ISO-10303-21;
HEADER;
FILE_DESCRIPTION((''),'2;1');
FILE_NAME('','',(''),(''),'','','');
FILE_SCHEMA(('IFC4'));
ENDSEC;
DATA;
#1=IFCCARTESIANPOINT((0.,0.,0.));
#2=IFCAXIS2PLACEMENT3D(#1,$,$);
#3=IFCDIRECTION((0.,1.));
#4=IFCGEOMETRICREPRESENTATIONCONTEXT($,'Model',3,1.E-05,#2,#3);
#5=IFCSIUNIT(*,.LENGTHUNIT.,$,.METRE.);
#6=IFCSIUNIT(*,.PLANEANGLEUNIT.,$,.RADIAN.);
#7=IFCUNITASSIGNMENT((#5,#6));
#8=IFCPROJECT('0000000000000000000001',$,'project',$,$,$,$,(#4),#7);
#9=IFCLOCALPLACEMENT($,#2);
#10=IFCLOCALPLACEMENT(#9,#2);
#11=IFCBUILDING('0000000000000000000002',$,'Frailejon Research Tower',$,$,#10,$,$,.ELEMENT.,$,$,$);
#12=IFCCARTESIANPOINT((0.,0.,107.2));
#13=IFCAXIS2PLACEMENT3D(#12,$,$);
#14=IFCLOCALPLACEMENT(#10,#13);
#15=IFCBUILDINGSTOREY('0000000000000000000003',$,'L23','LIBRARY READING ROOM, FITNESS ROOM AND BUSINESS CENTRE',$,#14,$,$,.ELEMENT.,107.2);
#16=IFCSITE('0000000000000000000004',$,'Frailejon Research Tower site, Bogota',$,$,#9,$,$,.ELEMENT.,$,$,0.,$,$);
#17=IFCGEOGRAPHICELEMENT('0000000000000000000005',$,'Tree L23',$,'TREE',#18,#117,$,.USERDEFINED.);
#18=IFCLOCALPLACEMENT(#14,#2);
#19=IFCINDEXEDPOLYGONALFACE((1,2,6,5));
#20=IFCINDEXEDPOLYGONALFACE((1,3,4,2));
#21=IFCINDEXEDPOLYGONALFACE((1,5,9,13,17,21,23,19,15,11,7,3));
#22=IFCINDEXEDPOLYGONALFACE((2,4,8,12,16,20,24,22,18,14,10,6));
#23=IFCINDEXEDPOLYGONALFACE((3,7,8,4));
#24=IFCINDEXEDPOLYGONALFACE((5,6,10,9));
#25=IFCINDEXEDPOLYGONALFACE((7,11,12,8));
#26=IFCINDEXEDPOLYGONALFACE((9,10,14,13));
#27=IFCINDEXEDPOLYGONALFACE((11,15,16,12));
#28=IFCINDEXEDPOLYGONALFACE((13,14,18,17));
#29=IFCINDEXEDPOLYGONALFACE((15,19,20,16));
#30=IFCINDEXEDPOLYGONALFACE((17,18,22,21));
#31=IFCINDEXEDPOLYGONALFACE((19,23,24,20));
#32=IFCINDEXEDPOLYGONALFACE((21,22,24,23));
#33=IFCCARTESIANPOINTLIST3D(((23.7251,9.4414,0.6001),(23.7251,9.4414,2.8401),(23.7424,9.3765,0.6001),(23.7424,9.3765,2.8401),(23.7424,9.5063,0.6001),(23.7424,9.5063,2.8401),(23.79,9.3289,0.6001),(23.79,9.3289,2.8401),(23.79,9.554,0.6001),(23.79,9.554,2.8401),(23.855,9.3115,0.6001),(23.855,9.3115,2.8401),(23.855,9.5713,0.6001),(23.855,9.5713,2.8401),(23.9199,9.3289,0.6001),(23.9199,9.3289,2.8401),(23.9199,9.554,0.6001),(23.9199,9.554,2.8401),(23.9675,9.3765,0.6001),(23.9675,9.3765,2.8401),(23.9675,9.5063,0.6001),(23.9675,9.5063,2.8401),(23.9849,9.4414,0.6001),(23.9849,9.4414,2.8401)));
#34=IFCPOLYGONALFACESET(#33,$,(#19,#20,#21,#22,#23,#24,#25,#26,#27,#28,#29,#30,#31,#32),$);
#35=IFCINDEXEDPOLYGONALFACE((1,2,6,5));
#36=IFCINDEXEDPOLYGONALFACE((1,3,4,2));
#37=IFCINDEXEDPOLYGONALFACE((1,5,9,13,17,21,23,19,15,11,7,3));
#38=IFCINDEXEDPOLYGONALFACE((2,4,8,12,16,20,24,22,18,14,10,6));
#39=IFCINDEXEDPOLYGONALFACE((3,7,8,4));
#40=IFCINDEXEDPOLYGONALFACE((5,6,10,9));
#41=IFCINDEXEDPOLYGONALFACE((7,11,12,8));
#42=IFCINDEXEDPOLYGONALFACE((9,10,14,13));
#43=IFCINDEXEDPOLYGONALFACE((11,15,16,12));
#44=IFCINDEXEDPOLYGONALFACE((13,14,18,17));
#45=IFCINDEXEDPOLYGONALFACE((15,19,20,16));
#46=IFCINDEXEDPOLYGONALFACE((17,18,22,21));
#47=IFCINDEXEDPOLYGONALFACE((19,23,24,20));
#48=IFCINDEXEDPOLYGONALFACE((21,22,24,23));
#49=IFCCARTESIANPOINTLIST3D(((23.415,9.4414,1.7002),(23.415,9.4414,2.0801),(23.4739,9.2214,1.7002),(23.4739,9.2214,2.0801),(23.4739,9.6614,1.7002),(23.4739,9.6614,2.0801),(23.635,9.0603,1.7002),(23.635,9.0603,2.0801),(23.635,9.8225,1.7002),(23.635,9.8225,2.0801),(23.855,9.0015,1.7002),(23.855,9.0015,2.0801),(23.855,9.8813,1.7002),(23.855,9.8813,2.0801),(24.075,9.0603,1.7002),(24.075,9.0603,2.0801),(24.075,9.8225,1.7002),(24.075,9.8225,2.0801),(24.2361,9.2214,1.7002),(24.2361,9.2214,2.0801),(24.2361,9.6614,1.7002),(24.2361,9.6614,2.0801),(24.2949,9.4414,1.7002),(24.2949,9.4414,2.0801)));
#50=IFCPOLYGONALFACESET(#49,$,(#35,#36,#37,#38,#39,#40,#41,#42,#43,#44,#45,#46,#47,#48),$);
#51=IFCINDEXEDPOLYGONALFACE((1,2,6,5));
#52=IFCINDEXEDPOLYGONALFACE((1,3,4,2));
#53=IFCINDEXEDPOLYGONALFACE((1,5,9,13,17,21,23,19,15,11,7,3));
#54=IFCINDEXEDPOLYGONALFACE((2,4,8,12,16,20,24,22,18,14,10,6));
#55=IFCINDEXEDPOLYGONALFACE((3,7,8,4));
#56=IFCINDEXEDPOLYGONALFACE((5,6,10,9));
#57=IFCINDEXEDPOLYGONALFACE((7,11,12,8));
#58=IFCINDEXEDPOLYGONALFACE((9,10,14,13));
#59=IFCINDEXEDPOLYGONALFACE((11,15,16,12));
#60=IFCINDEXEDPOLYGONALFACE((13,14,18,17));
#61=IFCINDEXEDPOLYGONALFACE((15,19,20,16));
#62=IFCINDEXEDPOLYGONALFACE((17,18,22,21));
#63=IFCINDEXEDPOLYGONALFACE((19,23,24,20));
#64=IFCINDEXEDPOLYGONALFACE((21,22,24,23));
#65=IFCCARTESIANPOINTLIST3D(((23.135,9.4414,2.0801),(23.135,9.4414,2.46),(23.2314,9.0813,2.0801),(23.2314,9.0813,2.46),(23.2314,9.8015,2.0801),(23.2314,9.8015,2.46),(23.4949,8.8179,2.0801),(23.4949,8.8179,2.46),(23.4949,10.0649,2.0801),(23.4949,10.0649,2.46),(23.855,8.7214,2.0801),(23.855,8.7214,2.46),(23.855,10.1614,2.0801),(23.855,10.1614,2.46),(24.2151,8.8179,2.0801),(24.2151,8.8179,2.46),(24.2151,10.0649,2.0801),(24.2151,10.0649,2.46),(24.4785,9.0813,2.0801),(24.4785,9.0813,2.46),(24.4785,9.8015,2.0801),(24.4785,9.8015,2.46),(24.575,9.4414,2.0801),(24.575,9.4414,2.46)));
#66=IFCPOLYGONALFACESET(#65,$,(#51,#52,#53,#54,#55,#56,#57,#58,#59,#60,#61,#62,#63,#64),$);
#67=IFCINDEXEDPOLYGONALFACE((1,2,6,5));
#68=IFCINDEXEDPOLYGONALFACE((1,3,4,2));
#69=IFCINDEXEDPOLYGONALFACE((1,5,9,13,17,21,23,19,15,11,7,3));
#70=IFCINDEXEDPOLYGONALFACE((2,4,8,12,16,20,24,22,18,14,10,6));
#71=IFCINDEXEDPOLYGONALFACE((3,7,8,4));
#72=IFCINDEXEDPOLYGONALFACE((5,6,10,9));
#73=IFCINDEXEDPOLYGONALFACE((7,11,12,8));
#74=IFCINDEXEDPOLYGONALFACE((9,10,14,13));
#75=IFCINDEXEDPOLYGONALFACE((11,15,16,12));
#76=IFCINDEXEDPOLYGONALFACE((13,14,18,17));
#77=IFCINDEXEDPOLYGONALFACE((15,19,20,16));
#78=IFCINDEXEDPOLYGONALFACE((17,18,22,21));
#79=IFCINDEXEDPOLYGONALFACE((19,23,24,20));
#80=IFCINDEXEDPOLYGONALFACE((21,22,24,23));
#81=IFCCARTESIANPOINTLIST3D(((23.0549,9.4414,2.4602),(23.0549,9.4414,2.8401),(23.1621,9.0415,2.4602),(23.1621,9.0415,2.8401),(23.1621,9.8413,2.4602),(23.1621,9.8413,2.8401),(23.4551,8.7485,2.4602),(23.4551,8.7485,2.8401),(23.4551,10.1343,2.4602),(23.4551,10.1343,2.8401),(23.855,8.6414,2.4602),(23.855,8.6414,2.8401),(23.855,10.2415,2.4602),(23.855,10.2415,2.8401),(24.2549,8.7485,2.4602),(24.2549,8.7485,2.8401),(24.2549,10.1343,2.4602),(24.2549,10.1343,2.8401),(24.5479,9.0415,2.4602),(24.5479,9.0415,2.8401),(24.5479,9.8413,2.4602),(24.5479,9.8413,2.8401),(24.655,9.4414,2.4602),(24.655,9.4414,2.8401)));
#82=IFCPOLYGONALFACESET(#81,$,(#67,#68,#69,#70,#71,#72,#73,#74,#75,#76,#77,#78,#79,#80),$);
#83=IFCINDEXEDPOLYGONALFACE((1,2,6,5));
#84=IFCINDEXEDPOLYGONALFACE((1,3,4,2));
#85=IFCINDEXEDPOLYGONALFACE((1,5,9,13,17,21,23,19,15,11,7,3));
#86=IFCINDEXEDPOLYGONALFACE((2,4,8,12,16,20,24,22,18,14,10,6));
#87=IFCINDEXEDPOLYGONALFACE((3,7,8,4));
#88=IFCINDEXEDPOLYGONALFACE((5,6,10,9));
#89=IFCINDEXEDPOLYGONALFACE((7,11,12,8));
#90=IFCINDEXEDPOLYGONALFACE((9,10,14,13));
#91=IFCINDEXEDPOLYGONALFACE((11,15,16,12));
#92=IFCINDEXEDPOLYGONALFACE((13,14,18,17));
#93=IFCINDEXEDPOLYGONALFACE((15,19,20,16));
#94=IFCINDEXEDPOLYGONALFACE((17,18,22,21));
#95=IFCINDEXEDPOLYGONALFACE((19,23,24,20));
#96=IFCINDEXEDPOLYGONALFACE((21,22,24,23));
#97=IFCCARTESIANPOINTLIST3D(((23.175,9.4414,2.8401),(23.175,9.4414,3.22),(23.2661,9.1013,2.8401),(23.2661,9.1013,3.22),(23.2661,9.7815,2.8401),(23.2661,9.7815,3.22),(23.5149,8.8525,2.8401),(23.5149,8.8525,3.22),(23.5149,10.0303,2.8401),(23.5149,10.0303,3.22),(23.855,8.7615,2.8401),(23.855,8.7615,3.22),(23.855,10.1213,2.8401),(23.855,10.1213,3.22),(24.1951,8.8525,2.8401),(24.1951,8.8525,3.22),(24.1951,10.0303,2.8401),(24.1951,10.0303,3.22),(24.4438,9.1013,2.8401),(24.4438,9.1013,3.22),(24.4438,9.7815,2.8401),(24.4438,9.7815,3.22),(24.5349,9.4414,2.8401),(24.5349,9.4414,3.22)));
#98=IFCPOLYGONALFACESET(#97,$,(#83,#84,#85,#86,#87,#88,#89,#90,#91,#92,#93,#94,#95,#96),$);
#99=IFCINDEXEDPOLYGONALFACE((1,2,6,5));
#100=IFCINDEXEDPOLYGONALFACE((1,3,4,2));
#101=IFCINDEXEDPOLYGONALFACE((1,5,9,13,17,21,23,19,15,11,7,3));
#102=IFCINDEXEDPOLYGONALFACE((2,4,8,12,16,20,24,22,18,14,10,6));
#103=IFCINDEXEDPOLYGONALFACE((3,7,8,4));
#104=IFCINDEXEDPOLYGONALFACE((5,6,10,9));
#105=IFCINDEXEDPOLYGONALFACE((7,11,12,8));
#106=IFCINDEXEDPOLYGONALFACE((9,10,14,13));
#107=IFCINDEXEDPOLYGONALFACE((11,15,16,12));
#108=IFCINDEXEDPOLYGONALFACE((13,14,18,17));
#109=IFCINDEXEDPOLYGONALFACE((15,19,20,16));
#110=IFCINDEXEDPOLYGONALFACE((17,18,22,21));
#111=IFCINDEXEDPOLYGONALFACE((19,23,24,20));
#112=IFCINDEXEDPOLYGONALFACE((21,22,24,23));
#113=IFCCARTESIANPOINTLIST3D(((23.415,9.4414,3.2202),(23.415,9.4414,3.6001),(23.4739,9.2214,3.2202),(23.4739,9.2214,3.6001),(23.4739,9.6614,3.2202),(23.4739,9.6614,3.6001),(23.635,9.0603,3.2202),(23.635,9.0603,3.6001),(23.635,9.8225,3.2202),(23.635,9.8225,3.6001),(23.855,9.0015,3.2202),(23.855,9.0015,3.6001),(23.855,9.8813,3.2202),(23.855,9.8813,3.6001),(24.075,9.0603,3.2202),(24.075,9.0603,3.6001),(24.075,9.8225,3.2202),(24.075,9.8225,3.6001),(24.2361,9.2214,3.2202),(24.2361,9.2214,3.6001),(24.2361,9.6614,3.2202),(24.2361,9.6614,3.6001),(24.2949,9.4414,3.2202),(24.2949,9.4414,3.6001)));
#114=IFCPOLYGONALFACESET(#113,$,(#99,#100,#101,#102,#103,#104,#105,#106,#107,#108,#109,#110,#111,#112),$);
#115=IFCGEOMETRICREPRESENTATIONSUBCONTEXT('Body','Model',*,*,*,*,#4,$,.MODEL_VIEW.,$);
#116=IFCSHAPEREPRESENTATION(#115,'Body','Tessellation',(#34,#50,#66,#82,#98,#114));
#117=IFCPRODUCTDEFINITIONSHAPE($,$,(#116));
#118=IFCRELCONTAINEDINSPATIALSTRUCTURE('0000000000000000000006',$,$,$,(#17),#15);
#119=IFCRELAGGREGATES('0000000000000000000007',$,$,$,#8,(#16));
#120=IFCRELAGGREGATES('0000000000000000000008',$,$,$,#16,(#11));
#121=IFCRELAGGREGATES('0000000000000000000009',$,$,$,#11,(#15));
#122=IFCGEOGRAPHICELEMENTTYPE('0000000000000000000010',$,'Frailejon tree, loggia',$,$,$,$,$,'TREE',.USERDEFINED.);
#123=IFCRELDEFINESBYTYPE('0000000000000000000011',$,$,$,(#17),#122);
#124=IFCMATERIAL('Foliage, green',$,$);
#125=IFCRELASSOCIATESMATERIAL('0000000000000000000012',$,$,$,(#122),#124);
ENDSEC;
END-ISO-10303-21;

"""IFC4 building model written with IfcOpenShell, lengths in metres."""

from ifc_helpers import new_model, si_unit, direction, frame, origin, place, context, subcontext, project, spatial, polyline, outline, extrude, material, type_object, element, save


model = new_model("IFC4")

# Units and contexts
model_context = context("Model", 3, precision=1e-05, world=origin(), true_north=direction((0.0, 1.0)))
body_context = subcontext(model_context, "Body", "Model", "MODEL_VIEW")
ifc_project = project(units=[si_unit("LENGTHUNIT", "METRE"), si_unit("PLANEANGLEUNIT", "RADIAN")], contexts=[model_context])

# Site, building, storey
site_placement = place(None, origin())
site = spatial("IfcSite", under=ifc_project, at=site_placement, Name="Frailejon Research Tower site, Bogota", CompositionType="ELEMENT", RefElevation=0.0)
building_placement = place(site_placement, origin())
building = spatial("IfcBuilding", under=site, at=building_placement, Name="Frailejon Research Tower", CompositionType="ELEMENT")
storey_placement = place(building_placement, frame((0.0, 0.0, 107.2)))
storey = spatial("IfcBuildingStorey", under=building, at=storey_placement, Name="L23", Description="LIBRARY READING ROOM, FITNESS ROOM AND BUSINESS CENTRE", CompositionType="ELEMENT", Elevation=107.2)

# Geographic element
ifc_material_1 = material(Name="Foliage, green")
geographic_element_type = type_object("IfcGeographicElementType", Name="Frailejon tree, loggia", ElementType="TREE", PredefinedType="USERDEFINED", material=ifc_material_1)
geographic_element_placement = place(storey_placement, frame((23.855, 9.4414, 0.6001)))
element("IfcGeographicElement", 1, at=geographic_element_placement, inside=storey, type_object=geographic_element_type, Name="Tree L23", ObjectType="TREE", PredefinedType="USERDEFINED", context=body_context, shape_type="SweptSolid", body=[
    extrude(outline(polyline([(0.1299, 0.0), (0.1125, 0.0649), (0.0649, 0.1125), (0.0, 0.1299), (-0.0649, 0.1125), (-0.1125, 0.0649), (-0.1299, 0.0), (-0.1125, -0.0649), (-0.0649, -0.1125), (0.0, -0.1299), (0.0649, -0.1125), (0.1125, -0.0649), (0.1299, 0.0)])), origin(), (0.0, 0.0, 1.0), 2.24),
    extrude(outline(polyline([(0.4399, 0.0), (0.3811, 0.22), (0.22, 0.3811), (0.0, 0.4399), (-0.22, 0.3811), (-0.3811, 0.22), (-0.4399, 0.0), (-0.3811, -0.22), (-0.22, -0.3811), (0.0, -0.4399), (0.22, -0.3811), (0.3811, -0.22), (0.4399, 0.0)])), frame((0.0, 0.0, 1.1001)), (0.0, 0.0, 1.0), 0.3799),
    extrude(outline(polyline([(0.72, 0.0), (0.6235, 0.3601), (0.3601, 0.6235), (0.0, 0.72), (-0.3601, 0.6235), (-0.6235, 0.3601), (-0.72, 0.0), (-0.6235, -0.3601), (-0.3601, -0.6235), (0.0, -0.72), (0.3601, -0.6235), (0.6235, -0.3601), (0.72, 0.0)])), frame((0.0, 0.0, 1.48)), (0.0, 0.0, 1.0), 0.3799),
    extrude(outline(polyline([(0.8, 0.0), (0.6929, 0.3999), (0.3999, 0.6929), (0.0, 0.8), (-0.3999, 0.6929), (-0.6929, 0.3999), (-0.8, 0.0), (-0.6929, -0.3999), (-0.3999, -0.6929), (0.0, -0.8), (0.3999, -0.6929), (0.6929, -0.3999), (0.8, 0.0)])), frame((0.0, 0.0, 1.8601)), (0.0, 0.0, 1.0), 0.3799),
    extrude(outline(polyline([(0.6799, 0.0), (0.5889, 0.3401), (0.3401, 0.5889), (0.0, 0.6799), (-0.3401, 0.5889), (-0.5889, 0.3401), (-0.6799, 0.0), (-0.5889, -0.3401), (-0.3401, -0.5889), (0.0, -0.6799), (0.3401, -0.5889), (0.5889, -0.3401), (0.6799, 0.0)])), frame((0.0, 0.0, 2.24)), (0.0, 0.0, 1.0), 0.3799),
    extrude(outline(polyline([(0.4399, 0.0), (0.3811, 0.22), (0.22, 0.3811), (0.0, 0.4399), (-0.22, 0.3811), (-0.3811, 0.22), (-0.4399, 0.0), (-0.3811, -0.22), (-0.22, -0.3811), (0.0, -0.4399), (0.22, -0.3811), (0.3811, -0.22), (0.4399, 0.0)])), frame((0.0, 0.0, 2.6201)), (0.0, 0.0, 1.0), 0.3799),
])

save(model, "model.ifc")
